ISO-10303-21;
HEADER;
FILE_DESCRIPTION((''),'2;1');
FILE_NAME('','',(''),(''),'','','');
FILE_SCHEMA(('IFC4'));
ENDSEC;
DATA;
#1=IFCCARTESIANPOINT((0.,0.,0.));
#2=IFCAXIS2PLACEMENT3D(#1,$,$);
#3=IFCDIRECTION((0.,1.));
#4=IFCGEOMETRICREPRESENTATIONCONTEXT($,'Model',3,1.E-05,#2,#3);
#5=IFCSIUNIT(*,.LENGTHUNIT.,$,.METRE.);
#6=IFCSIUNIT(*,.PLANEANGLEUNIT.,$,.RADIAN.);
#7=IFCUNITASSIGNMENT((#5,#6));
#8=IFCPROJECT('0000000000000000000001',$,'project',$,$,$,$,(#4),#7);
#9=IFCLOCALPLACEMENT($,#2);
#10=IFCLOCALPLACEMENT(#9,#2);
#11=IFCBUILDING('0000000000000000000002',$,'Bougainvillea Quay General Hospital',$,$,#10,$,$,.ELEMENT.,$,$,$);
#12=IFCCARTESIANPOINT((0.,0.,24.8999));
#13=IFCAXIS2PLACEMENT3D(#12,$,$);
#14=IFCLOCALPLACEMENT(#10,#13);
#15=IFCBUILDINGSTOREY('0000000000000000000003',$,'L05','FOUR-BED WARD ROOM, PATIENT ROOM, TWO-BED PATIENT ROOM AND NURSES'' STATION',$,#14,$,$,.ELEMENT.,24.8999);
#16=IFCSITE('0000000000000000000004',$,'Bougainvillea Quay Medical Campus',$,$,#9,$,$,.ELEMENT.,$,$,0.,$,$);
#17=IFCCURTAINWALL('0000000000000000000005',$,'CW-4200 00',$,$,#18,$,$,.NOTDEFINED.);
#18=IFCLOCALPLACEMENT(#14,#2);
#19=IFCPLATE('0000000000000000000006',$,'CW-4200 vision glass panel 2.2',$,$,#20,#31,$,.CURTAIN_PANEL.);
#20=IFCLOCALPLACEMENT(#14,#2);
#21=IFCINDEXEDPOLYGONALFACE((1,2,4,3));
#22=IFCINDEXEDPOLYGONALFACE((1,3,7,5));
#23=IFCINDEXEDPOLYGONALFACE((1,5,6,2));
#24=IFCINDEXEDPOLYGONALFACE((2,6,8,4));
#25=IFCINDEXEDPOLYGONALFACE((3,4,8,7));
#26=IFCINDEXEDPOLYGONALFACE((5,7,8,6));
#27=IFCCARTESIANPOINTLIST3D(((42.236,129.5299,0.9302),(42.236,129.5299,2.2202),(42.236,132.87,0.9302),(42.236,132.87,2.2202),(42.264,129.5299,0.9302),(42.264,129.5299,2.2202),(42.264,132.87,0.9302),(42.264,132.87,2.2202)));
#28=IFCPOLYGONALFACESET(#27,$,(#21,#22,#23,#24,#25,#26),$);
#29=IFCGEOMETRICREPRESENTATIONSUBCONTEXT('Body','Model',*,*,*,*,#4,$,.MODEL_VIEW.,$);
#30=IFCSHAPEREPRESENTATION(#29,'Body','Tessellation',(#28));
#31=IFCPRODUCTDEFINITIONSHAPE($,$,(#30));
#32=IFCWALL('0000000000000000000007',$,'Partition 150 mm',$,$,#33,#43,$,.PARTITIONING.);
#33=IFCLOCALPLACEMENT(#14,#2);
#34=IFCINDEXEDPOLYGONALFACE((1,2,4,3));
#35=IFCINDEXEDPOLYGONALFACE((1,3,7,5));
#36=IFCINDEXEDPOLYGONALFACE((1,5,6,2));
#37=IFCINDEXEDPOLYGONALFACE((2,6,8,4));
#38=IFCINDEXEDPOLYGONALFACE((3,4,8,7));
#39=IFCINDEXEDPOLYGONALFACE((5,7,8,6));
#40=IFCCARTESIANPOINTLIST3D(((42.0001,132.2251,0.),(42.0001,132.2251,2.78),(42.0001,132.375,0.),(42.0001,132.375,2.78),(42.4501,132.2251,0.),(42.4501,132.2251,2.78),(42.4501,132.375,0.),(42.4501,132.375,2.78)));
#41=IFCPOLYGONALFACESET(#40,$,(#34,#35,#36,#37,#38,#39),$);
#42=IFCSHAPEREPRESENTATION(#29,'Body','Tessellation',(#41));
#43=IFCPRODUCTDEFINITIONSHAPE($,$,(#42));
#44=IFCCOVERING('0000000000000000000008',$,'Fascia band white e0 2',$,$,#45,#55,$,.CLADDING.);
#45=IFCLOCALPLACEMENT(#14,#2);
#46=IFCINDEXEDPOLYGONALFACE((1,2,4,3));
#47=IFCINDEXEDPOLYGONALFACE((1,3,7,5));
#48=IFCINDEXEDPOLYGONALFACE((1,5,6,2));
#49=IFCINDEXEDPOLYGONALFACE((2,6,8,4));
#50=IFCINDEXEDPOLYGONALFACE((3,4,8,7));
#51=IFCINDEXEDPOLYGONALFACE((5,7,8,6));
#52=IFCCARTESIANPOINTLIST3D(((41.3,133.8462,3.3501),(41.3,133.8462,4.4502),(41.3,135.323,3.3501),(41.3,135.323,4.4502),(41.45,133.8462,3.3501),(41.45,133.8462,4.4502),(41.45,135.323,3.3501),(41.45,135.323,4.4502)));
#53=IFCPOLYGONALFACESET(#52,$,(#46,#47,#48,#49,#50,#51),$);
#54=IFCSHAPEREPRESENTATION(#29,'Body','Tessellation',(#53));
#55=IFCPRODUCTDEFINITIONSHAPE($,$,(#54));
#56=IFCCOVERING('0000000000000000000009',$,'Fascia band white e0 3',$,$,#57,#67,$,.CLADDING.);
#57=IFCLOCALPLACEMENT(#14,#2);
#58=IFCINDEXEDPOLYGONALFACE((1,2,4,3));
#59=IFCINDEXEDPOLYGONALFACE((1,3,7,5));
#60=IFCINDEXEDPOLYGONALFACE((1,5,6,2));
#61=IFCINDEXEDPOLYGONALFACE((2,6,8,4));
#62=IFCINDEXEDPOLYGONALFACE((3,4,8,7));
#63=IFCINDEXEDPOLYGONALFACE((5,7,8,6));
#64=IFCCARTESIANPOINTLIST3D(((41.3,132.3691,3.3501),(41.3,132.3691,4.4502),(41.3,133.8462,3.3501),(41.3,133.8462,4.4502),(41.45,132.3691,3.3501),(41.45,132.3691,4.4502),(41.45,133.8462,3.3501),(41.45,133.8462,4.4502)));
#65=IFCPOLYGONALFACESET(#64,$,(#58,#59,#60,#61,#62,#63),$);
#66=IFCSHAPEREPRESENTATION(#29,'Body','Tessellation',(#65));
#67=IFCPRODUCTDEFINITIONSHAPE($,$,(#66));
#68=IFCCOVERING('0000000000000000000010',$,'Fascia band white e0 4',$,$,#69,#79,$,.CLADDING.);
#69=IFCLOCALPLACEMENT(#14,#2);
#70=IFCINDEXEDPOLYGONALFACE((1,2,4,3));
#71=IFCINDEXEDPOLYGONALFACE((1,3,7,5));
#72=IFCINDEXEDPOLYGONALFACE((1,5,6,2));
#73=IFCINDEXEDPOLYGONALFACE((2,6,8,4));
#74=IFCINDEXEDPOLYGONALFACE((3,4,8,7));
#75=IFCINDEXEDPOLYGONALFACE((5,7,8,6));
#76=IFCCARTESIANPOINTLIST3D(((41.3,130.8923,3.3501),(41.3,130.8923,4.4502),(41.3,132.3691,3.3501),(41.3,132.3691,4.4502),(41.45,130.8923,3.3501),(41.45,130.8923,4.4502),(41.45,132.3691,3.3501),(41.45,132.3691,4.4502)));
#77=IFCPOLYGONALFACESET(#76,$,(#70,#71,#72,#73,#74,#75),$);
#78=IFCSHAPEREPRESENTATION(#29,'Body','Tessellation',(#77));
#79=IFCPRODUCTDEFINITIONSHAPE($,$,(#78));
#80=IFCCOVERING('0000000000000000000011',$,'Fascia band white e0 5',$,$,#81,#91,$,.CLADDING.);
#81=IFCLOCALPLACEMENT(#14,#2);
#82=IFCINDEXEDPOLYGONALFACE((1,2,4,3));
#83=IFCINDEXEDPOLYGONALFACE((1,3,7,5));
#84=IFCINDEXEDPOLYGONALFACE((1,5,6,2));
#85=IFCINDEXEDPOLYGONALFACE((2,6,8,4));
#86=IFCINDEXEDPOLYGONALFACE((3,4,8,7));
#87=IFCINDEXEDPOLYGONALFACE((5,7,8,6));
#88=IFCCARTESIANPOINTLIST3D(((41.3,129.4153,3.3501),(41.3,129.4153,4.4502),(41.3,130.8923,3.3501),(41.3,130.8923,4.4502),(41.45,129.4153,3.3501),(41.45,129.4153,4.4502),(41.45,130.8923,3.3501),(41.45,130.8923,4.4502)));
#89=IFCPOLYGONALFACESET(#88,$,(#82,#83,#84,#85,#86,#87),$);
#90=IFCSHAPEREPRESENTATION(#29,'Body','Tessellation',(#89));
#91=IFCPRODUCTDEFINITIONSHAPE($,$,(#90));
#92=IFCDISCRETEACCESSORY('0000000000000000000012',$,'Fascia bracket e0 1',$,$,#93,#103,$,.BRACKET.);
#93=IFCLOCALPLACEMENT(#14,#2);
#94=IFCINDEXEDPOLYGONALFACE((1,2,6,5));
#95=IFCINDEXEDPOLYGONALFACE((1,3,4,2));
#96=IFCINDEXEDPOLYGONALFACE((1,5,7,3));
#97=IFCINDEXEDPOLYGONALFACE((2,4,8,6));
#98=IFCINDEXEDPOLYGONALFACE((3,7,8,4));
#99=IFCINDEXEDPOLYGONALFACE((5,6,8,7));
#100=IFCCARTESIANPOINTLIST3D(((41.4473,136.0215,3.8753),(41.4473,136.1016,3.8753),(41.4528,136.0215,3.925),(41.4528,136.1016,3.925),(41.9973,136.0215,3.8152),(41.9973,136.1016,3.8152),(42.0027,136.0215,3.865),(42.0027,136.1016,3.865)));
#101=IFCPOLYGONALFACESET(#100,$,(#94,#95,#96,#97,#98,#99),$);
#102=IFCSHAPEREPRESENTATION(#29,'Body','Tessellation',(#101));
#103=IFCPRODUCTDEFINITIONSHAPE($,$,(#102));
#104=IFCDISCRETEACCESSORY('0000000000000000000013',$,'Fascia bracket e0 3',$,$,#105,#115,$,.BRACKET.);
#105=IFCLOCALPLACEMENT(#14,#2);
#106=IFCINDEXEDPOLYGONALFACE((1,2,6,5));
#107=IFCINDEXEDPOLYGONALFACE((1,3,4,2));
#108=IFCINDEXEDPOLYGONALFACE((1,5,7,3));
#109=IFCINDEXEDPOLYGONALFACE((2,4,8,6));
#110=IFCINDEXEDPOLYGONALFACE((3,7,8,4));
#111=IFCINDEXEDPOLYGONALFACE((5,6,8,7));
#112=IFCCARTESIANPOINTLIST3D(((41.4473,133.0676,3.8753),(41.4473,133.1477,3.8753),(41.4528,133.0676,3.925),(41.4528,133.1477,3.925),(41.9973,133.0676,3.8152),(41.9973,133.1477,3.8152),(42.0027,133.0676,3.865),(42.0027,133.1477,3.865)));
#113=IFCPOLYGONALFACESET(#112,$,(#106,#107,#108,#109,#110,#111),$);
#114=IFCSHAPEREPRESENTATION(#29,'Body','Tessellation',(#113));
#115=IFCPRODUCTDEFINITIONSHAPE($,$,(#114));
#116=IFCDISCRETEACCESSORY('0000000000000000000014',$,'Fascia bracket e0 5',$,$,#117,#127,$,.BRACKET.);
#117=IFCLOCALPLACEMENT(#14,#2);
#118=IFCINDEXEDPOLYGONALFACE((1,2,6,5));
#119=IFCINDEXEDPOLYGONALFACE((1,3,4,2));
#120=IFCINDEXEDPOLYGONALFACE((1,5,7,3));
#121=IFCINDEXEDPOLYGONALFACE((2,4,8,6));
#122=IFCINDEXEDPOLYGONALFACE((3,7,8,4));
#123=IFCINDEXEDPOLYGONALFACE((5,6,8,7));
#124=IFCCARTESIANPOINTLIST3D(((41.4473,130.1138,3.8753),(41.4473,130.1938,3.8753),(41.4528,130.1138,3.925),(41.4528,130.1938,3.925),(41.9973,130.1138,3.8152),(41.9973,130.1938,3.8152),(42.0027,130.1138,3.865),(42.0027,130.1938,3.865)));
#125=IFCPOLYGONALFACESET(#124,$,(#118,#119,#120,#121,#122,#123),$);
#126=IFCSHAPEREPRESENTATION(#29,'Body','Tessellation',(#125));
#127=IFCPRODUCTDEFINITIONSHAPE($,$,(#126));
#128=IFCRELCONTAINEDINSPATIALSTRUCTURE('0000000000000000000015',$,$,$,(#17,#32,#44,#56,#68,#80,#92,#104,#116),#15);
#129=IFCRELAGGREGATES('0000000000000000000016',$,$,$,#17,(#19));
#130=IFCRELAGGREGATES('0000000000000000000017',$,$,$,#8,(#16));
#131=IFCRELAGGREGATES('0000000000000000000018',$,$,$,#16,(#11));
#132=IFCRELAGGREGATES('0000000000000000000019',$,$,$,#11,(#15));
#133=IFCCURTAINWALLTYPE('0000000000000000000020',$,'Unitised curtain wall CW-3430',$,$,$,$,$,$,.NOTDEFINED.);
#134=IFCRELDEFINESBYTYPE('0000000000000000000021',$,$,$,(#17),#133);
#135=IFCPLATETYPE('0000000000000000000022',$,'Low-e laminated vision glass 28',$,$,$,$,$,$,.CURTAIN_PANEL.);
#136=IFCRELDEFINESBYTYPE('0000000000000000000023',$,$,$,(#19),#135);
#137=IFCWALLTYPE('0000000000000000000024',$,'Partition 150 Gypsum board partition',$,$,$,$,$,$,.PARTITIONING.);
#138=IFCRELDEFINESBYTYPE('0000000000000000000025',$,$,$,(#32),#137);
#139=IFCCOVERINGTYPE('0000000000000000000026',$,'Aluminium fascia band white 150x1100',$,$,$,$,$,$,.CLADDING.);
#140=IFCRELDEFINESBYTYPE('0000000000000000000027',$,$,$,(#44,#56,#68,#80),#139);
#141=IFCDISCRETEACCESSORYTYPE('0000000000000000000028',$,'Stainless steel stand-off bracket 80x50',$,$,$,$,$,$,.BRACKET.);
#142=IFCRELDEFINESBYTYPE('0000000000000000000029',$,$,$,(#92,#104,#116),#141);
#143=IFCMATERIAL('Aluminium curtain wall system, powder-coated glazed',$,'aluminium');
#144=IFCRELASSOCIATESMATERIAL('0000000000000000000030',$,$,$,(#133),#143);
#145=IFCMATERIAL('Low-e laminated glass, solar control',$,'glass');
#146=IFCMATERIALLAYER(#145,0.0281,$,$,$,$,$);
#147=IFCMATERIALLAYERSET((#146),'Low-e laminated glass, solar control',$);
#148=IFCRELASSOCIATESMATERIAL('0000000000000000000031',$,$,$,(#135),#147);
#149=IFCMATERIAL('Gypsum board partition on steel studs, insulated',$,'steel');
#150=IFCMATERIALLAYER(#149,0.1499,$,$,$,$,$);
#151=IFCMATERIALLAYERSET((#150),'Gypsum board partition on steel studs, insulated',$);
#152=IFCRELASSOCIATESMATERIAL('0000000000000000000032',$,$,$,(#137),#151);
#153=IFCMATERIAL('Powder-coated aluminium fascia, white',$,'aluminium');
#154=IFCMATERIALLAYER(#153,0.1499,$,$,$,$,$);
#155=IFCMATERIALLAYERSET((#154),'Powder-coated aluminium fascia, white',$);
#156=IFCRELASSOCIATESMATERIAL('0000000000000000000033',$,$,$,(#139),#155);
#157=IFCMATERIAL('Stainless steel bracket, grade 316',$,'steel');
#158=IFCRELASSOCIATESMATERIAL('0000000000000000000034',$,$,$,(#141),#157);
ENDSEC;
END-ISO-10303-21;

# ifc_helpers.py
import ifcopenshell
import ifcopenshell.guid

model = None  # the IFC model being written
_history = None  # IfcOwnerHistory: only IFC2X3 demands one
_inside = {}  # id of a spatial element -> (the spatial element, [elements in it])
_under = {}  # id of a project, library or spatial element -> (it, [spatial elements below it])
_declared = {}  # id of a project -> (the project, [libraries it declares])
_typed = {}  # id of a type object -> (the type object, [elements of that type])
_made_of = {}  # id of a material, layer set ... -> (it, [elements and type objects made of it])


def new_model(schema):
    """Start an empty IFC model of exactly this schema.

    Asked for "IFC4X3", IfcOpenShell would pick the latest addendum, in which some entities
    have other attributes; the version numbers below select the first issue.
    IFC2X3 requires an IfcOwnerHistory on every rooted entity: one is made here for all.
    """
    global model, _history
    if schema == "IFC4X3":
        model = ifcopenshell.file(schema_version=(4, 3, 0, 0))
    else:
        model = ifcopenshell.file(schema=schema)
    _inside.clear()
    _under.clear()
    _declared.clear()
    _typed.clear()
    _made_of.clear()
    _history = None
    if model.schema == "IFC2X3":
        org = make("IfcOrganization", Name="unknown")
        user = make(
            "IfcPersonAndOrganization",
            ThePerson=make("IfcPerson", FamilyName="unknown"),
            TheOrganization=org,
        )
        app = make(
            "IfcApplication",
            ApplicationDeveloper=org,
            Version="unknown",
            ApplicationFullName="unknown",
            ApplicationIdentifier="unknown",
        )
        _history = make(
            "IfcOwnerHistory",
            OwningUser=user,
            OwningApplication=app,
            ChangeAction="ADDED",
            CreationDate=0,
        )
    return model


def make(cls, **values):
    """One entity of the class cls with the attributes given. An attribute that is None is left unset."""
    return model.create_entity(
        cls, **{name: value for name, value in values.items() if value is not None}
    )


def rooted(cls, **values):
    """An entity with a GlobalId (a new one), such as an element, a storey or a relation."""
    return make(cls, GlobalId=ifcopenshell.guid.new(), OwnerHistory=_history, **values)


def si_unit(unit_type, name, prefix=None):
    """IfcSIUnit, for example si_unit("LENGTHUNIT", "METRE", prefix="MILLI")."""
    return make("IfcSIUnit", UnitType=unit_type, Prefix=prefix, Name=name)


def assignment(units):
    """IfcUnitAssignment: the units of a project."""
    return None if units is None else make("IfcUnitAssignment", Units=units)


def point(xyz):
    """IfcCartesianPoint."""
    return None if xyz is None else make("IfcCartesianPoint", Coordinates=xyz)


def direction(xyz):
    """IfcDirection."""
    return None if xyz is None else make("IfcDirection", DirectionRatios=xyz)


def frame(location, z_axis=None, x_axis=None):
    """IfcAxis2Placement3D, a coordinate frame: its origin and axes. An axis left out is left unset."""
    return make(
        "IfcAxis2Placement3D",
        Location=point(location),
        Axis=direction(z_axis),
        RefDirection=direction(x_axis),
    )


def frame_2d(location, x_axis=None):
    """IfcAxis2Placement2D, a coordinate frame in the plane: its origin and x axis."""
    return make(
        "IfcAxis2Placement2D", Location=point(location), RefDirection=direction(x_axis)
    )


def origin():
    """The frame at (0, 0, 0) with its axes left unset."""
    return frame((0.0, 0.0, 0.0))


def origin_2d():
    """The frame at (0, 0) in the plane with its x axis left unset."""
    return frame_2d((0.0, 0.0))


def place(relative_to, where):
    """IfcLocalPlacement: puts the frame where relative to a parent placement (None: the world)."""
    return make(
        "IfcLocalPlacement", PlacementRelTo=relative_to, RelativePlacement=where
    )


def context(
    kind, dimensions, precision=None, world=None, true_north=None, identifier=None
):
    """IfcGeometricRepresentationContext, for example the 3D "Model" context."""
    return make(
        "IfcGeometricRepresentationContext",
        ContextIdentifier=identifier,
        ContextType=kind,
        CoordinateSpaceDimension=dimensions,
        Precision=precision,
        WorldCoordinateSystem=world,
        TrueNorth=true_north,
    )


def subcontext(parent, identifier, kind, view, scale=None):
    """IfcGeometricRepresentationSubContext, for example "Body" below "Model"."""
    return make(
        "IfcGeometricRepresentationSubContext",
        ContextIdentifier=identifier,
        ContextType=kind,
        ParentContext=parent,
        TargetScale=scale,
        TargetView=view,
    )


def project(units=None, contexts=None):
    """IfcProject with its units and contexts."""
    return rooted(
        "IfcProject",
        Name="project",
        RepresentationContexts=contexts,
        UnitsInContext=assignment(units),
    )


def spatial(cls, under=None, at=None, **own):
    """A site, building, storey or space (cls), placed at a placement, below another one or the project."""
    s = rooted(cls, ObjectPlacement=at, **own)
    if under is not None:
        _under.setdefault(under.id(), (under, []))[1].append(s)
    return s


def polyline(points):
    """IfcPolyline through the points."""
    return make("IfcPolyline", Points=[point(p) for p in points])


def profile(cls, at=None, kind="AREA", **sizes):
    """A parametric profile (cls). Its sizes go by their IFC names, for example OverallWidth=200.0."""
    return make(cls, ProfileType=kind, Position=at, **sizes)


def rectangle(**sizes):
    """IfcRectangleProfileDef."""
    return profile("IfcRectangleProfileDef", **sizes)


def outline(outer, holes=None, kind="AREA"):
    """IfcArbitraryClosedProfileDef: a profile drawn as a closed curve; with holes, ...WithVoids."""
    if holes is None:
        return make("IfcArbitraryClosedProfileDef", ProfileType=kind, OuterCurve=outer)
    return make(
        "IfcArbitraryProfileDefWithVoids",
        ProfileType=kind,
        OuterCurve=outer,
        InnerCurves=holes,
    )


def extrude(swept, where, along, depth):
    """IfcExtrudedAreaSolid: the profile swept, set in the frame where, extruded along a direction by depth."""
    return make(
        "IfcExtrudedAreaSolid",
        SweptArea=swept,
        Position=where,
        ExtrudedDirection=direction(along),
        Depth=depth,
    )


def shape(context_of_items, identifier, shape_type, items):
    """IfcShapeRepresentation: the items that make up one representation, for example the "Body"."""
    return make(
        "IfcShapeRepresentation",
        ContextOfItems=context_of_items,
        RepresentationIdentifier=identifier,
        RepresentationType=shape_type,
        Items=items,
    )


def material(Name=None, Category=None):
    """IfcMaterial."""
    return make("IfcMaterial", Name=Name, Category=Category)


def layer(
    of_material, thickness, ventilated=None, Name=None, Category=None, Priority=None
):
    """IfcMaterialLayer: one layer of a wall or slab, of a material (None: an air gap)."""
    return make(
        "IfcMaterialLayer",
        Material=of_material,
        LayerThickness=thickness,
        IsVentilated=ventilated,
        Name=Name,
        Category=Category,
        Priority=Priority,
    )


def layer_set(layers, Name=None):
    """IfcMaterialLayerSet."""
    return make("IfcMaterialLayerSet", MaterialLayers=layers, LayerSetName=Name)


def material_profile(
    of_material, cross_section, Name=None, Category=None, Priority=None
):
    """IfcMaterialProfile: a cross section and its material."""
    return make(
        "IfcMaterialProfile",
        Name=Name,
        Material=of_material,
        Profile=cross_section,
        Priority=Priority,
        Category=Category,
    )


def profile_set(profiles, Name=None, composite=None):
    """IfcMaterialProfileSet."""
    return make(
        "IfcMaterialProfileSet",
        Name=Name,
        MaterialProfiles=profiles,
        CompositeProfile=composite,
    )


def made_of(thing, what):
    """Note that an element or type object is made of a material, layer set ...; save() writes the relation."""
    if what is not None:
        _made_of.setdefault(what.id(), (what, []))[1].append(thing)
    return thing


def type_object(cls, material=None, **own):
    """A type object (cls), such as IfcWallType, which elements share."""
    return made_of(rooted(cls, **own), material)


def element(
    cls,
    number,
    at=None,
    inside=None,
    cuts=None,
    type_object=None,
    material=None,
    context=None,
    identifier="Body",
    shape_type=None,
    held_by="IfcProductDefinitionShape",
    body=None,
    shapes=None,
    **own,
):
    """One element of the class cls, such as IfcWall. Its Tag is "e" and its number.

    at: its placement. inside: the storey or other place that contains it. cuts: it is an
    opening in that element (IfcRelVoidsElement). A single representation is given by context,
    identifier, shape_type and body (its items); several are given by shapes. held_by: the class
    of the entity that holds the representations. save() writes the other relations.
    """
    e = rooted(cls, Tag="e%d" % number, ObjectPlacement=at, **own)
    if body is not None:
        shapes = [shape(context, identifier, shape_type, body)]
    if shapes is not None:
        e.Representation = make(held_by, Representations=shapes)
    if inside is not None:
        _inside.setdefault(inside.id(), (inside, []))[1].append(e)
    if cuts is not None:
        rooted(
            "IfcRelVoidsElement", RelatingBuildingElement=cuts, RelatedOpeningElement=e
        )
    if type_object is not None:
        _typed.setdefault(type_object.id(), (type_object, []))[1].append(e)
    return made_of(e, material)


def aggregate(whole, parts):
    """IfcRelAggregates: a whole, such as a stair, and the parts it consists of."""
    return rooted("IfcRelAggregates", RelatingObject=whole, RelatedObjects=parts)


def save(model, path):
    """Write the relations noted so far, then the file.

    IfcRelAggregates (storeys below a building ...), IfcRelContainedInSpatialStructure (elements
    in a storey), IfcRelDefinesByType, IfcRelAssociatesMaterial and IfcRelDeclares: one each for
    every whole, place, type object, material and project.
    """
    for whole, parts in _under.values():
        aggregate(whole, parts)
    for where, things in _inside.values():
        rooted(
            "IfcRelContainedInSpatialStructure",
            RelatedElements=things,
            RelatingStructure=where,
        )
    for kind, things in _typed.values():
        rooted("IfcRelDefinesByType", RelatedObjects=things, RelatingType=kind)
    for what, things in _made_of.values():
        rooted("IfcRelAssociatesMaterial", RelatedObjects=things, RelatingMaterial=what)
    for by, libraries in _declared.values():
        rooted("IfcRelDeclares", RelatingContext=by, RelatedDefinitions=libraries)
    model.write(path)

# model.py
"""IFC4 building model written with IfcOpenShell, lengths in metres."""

from ifc_helpers import new_model, si_unit, direction, frame, frame_2d, origin, origin_2d, place, context, subcontext, project, spatial, polyline, rectangle, outline, extrude, material, layer, layer_set, material_profile, profile_set, type_object, element, aggregate, save


model = new_model("IFC4")

# Units and contexts
model_context = context("Model", 3, precision=1e-05, world=origin(), true_north=direction((0.0, 1.0)))
body_context = subcontext(model_context, "Body", "Model", "MODEL_VIEW")
ifc_project = project(units=[si_unit("LENGTHUNIT", "METRE"), si_unit("PLANEANGLEUNIT", "RADIAN")], contexts=[model_context])

# Site, building, storey
site_placement = place(None, origin())
site = spatial("IfcSite", under=ifc_project, at=site_placement, Name="Bougainvillea Quay Medical Campus", CompositionType="ELEMENT", RefElevation=0.0)
building_placement = place(site_placement, origin())
building = spatial("IfcBuilding", under=site, at=building_placement, Name="Bougainvillea Quay General Hospital", CompositionType="ELEMENT")
storey_placement = place(building_placement, frame((0.0, 0.0, 24.8999)))
storey = spatial("IfcBuildingStorey", under=building, at=storey_placement, Name="L05", Description="FOUR-BED WARD ROOM, PATIENT ROOM, TWO-BED PATIENT ROOM AND NURSES' STATION", CompositionType="ELEMENT", Elevation=24.8999)

# Curtain wall, plate
ifc_material_1 = material(Name="Aluminium curtain wall system, powder-coated glazed", Category="aluminium")
curtain_wall_type = type_object("IfcCurtainWallType", Name="Unitised curtain wall CW-3430", PredefinedType="NOTDEFINED", material=ifc_material_1)
curtain_wall_placement = place(storey_placement, origin())
curtain_wall = element("IfcCurtainWall", 1, at=curtain_wall_placement, inside=storey, type_object=curtain_wall_type, Name="CW-4200 00", PredefinedType="NOTDEFINED")
ifc_material_2 = material(Name="Low-e laminated glass, solar control", Category="glass")
ifc_layer_1 = layer(ifc_material_2, 0.0281)
ifc_layer_set_1 = layer_set([ifc_layer_1], Name="Low-e laminated glass, solar control")
plate_type_1 = type_object("IfcPlateType", Name="Low-e laminated vision glass 28", PredefinedType="CURTAIN_PANEL", material=ifc_layer_set_1)
plate_1_placement = place(storey_placement, frame((42.25, 131.2, 0.9302), z_axis=(0.0, 0.0, 1.0), x_axis=(0.0, -1.0, 0.0)))
plate_1 = element("IfcPlate", 2, at=plate_1_placement, type_object=plate_type_1, Name="CW-4200 vision glass panel 2.2", PredefinedType="CURTAIN_PANEL", context=body_context, shape_type="SweptSolid", body=[
    extrude(rectangle(XDim=3.3401, YDim=0.0281, at=origin_2d()), origin(), (0.0, 0.0, 1.0), 1.29),
])
aggregate(curtain_wall, [plate_1])

# Wall
ifc_material_3 = material(Name="Gypsum board partition on steel studs, insulated", Category="steel")
ifc_layer_2 = layer(ifc_material_3, 0.1499)
ifc_layer_set_2 = layer_set([ifc_layer_2], Name="Gypsum board partition on steel studs, insulated")
wall_type = type_object("IfcWallType", Name="Partition 150 Gypsum board partition", PredefinedType="PARTITIONING", material=ifc_layer_set_2)
wall_placement = place(storey_placement, frame((42.0, 132.3, 0.0), z_axis=(0.0, 0.0, 1.0), x_axis=(1.0, 0.0, 0.0)))
element("IfcWall", 3, at=wall_placement, inside=storey, type_object=wall_type, Name="Partition 150 mm", PredefinedType="PARTITIONING", context=body_context, shape_type="SweptSolid", body=[
    extrude(rectangle(XDim=0.45, YDim=0.1499, at=frame_2d((0.2251, 0.0))), origin(), (0.0, 0.0, 1.0), 2.78),
])

# Coverings
ifc_material_4 = material(Name="Powder-coated aluminium fascia, white", Category="aluminium")
ifc_layer_3 = layer(ifc_material_4, 0.1499)
ifc_layer_set_3 = layer_set([ifc_layer_3], Name="Powder-coated aluminium fascia, white")
covering_type = type_object("IfcCoveringType", Name="Aluminium fascia band white 150x1100", PredefinedType="CLADDING", material=ifc_layer_set_3)
covering_1_placement = place(storey_placement, frame((41.45, 135.323, 3.3501), z_axis=(0.0, 0.0, 1.0), x_axis=(0.0, -1.0, 0.0)))
element("IfcCovering", 4, at=covering_1_placement, inside=storey, type_object=covering_type, Name="Fascia band white e0 2", PredefinedType="CLADDING", context=body_context, shape_type="SweptSolid", body=[
    extrude(outline(polyline([(0.0, 0.0), (1.4768, 0.0), (1.4768, -0.1499), (0.0, -0.1499), (0.0, 0.0)])), origin(), (0.0, 0.0, 1.0), 1.1001),
])
covering_2_placement = place(storey_placement, frame((41.45, 133.8462, 3.3501), z_axis=(0.0, 0.0, 1.0), x_axis=(0.0, -1.0, 0.0)))
element("IfcCovering", 5, at=covering_2_placement, inside=storey, type_object=covering_type, Name="Fascia band white e0 3", PredefinedType="CLADDING", context=body_context, shape_type="SweptSolid", body=[
    extrude(outline(polyline([(0.0, 0.0), (1.4771, 0.0), (1.4771, -0.1499), (0.0, -0.1499), (0.0, 0.0)])), origin(), (0.0, 0.0, 1.0), 1.1001),
])
covering_3_placement = place(storey_placement, frame((41.45, 132.3691, 3.3501), z_axis=(0.0, 0.0, 1.0), x_axis=(0.0, -1.0, 0.0)))
element("IfcCovering", 6, at=covering_3_placement, inside=storey, type_object=covering_type, Name="Fascia band white e0 4", PredefinedType="CLADDING", context=body_context, shape_type="SweptSolid", body=[
    extrude(outline(polyline([(0.0, 0.0), (1.4768, 0.0), (1.4768, -0.1499), (0.0, -0.1499), (0.0, 0.0)])), origin(), (0.0, 0.0, 1.0), 1.1001),
])
covering_4_placement = place(storey_placement, frame((41.45, 130.8923, 3.3501), z_axis=(0.0, 0.0, 1.0), x_axis=(0.0, -1.0, 0.0)))
element("IfcCovering", 7, at=covering_4_placement, inside=storey, type_object=covering_type, Name="Fascia band white e0 5", PredefinedType="CLADDING", context=body_context, shape_type="SweptSolid", body=[
    extrude(outline(polyline([(0.0, 0.0), (1.4771, 0.0), (1.4771, -0.1499), (0.0, -0.1499), (0.0, 0.0)])), origin(), (0.0, 0.0, 1.0), 1.1001),
])

# Discrete accessories
ifc_material_5 = material(Name="Stainless steel bracket, grade 316", Category="steel")
ifc_material_profile_1 = material_profile(ifc_material_5, rectangle(XDim=0.0801, YDim=0.05, at=origin_2d()))
ifc_profile_set_1 = profile_set([ifc_material_profile_1], Name="Stainless steel bracket, grade 316")
discrete_accessory_type = type_object("IfcDiscreteAccessoryType", Name="Stainless steel stand-off bracket 80x50", PredefinedType="BRACKET", material=ifc_profile_set_1)
for number, where, z_axis, x_axis, name in (
    (8, (42.0, 136.0615, 3.8401), (-0.994092, 0.0, 0.108543), (0.0, -1.0, 0.0), "Fascia bracket e0 1"),
    (9, (42.0, 133.1077, 3.8401), (-0.994092, 0.0, 0.108543), (0.0, -1.0, 0.0), "Fascia bracket e0 3"),
    (10, (42.0, 130.1538, 3.8401), (-0.994092, 0.0, 0.108543), (0.0, -1.0, 0.0), "Fascia bracket e0 5"),
):
    element("IfcDiscreteAccessory", number, at=place(storey_placement, frame(where, z_axis=z_axis, x_axis=x_axis)), inside=storey, type_object=discrete_accessory_type, Name=name, PredefinedType="BRACKET", context=body_context, shape_type="SweptSolid", body=[
        extrude(rectangle(XDim=0.0801, YDim=0.05, at=origin_2d()), origin(), (0.0, 0.0, 1.0), 0.5532),
    ])

save(model, "model.ifc")
